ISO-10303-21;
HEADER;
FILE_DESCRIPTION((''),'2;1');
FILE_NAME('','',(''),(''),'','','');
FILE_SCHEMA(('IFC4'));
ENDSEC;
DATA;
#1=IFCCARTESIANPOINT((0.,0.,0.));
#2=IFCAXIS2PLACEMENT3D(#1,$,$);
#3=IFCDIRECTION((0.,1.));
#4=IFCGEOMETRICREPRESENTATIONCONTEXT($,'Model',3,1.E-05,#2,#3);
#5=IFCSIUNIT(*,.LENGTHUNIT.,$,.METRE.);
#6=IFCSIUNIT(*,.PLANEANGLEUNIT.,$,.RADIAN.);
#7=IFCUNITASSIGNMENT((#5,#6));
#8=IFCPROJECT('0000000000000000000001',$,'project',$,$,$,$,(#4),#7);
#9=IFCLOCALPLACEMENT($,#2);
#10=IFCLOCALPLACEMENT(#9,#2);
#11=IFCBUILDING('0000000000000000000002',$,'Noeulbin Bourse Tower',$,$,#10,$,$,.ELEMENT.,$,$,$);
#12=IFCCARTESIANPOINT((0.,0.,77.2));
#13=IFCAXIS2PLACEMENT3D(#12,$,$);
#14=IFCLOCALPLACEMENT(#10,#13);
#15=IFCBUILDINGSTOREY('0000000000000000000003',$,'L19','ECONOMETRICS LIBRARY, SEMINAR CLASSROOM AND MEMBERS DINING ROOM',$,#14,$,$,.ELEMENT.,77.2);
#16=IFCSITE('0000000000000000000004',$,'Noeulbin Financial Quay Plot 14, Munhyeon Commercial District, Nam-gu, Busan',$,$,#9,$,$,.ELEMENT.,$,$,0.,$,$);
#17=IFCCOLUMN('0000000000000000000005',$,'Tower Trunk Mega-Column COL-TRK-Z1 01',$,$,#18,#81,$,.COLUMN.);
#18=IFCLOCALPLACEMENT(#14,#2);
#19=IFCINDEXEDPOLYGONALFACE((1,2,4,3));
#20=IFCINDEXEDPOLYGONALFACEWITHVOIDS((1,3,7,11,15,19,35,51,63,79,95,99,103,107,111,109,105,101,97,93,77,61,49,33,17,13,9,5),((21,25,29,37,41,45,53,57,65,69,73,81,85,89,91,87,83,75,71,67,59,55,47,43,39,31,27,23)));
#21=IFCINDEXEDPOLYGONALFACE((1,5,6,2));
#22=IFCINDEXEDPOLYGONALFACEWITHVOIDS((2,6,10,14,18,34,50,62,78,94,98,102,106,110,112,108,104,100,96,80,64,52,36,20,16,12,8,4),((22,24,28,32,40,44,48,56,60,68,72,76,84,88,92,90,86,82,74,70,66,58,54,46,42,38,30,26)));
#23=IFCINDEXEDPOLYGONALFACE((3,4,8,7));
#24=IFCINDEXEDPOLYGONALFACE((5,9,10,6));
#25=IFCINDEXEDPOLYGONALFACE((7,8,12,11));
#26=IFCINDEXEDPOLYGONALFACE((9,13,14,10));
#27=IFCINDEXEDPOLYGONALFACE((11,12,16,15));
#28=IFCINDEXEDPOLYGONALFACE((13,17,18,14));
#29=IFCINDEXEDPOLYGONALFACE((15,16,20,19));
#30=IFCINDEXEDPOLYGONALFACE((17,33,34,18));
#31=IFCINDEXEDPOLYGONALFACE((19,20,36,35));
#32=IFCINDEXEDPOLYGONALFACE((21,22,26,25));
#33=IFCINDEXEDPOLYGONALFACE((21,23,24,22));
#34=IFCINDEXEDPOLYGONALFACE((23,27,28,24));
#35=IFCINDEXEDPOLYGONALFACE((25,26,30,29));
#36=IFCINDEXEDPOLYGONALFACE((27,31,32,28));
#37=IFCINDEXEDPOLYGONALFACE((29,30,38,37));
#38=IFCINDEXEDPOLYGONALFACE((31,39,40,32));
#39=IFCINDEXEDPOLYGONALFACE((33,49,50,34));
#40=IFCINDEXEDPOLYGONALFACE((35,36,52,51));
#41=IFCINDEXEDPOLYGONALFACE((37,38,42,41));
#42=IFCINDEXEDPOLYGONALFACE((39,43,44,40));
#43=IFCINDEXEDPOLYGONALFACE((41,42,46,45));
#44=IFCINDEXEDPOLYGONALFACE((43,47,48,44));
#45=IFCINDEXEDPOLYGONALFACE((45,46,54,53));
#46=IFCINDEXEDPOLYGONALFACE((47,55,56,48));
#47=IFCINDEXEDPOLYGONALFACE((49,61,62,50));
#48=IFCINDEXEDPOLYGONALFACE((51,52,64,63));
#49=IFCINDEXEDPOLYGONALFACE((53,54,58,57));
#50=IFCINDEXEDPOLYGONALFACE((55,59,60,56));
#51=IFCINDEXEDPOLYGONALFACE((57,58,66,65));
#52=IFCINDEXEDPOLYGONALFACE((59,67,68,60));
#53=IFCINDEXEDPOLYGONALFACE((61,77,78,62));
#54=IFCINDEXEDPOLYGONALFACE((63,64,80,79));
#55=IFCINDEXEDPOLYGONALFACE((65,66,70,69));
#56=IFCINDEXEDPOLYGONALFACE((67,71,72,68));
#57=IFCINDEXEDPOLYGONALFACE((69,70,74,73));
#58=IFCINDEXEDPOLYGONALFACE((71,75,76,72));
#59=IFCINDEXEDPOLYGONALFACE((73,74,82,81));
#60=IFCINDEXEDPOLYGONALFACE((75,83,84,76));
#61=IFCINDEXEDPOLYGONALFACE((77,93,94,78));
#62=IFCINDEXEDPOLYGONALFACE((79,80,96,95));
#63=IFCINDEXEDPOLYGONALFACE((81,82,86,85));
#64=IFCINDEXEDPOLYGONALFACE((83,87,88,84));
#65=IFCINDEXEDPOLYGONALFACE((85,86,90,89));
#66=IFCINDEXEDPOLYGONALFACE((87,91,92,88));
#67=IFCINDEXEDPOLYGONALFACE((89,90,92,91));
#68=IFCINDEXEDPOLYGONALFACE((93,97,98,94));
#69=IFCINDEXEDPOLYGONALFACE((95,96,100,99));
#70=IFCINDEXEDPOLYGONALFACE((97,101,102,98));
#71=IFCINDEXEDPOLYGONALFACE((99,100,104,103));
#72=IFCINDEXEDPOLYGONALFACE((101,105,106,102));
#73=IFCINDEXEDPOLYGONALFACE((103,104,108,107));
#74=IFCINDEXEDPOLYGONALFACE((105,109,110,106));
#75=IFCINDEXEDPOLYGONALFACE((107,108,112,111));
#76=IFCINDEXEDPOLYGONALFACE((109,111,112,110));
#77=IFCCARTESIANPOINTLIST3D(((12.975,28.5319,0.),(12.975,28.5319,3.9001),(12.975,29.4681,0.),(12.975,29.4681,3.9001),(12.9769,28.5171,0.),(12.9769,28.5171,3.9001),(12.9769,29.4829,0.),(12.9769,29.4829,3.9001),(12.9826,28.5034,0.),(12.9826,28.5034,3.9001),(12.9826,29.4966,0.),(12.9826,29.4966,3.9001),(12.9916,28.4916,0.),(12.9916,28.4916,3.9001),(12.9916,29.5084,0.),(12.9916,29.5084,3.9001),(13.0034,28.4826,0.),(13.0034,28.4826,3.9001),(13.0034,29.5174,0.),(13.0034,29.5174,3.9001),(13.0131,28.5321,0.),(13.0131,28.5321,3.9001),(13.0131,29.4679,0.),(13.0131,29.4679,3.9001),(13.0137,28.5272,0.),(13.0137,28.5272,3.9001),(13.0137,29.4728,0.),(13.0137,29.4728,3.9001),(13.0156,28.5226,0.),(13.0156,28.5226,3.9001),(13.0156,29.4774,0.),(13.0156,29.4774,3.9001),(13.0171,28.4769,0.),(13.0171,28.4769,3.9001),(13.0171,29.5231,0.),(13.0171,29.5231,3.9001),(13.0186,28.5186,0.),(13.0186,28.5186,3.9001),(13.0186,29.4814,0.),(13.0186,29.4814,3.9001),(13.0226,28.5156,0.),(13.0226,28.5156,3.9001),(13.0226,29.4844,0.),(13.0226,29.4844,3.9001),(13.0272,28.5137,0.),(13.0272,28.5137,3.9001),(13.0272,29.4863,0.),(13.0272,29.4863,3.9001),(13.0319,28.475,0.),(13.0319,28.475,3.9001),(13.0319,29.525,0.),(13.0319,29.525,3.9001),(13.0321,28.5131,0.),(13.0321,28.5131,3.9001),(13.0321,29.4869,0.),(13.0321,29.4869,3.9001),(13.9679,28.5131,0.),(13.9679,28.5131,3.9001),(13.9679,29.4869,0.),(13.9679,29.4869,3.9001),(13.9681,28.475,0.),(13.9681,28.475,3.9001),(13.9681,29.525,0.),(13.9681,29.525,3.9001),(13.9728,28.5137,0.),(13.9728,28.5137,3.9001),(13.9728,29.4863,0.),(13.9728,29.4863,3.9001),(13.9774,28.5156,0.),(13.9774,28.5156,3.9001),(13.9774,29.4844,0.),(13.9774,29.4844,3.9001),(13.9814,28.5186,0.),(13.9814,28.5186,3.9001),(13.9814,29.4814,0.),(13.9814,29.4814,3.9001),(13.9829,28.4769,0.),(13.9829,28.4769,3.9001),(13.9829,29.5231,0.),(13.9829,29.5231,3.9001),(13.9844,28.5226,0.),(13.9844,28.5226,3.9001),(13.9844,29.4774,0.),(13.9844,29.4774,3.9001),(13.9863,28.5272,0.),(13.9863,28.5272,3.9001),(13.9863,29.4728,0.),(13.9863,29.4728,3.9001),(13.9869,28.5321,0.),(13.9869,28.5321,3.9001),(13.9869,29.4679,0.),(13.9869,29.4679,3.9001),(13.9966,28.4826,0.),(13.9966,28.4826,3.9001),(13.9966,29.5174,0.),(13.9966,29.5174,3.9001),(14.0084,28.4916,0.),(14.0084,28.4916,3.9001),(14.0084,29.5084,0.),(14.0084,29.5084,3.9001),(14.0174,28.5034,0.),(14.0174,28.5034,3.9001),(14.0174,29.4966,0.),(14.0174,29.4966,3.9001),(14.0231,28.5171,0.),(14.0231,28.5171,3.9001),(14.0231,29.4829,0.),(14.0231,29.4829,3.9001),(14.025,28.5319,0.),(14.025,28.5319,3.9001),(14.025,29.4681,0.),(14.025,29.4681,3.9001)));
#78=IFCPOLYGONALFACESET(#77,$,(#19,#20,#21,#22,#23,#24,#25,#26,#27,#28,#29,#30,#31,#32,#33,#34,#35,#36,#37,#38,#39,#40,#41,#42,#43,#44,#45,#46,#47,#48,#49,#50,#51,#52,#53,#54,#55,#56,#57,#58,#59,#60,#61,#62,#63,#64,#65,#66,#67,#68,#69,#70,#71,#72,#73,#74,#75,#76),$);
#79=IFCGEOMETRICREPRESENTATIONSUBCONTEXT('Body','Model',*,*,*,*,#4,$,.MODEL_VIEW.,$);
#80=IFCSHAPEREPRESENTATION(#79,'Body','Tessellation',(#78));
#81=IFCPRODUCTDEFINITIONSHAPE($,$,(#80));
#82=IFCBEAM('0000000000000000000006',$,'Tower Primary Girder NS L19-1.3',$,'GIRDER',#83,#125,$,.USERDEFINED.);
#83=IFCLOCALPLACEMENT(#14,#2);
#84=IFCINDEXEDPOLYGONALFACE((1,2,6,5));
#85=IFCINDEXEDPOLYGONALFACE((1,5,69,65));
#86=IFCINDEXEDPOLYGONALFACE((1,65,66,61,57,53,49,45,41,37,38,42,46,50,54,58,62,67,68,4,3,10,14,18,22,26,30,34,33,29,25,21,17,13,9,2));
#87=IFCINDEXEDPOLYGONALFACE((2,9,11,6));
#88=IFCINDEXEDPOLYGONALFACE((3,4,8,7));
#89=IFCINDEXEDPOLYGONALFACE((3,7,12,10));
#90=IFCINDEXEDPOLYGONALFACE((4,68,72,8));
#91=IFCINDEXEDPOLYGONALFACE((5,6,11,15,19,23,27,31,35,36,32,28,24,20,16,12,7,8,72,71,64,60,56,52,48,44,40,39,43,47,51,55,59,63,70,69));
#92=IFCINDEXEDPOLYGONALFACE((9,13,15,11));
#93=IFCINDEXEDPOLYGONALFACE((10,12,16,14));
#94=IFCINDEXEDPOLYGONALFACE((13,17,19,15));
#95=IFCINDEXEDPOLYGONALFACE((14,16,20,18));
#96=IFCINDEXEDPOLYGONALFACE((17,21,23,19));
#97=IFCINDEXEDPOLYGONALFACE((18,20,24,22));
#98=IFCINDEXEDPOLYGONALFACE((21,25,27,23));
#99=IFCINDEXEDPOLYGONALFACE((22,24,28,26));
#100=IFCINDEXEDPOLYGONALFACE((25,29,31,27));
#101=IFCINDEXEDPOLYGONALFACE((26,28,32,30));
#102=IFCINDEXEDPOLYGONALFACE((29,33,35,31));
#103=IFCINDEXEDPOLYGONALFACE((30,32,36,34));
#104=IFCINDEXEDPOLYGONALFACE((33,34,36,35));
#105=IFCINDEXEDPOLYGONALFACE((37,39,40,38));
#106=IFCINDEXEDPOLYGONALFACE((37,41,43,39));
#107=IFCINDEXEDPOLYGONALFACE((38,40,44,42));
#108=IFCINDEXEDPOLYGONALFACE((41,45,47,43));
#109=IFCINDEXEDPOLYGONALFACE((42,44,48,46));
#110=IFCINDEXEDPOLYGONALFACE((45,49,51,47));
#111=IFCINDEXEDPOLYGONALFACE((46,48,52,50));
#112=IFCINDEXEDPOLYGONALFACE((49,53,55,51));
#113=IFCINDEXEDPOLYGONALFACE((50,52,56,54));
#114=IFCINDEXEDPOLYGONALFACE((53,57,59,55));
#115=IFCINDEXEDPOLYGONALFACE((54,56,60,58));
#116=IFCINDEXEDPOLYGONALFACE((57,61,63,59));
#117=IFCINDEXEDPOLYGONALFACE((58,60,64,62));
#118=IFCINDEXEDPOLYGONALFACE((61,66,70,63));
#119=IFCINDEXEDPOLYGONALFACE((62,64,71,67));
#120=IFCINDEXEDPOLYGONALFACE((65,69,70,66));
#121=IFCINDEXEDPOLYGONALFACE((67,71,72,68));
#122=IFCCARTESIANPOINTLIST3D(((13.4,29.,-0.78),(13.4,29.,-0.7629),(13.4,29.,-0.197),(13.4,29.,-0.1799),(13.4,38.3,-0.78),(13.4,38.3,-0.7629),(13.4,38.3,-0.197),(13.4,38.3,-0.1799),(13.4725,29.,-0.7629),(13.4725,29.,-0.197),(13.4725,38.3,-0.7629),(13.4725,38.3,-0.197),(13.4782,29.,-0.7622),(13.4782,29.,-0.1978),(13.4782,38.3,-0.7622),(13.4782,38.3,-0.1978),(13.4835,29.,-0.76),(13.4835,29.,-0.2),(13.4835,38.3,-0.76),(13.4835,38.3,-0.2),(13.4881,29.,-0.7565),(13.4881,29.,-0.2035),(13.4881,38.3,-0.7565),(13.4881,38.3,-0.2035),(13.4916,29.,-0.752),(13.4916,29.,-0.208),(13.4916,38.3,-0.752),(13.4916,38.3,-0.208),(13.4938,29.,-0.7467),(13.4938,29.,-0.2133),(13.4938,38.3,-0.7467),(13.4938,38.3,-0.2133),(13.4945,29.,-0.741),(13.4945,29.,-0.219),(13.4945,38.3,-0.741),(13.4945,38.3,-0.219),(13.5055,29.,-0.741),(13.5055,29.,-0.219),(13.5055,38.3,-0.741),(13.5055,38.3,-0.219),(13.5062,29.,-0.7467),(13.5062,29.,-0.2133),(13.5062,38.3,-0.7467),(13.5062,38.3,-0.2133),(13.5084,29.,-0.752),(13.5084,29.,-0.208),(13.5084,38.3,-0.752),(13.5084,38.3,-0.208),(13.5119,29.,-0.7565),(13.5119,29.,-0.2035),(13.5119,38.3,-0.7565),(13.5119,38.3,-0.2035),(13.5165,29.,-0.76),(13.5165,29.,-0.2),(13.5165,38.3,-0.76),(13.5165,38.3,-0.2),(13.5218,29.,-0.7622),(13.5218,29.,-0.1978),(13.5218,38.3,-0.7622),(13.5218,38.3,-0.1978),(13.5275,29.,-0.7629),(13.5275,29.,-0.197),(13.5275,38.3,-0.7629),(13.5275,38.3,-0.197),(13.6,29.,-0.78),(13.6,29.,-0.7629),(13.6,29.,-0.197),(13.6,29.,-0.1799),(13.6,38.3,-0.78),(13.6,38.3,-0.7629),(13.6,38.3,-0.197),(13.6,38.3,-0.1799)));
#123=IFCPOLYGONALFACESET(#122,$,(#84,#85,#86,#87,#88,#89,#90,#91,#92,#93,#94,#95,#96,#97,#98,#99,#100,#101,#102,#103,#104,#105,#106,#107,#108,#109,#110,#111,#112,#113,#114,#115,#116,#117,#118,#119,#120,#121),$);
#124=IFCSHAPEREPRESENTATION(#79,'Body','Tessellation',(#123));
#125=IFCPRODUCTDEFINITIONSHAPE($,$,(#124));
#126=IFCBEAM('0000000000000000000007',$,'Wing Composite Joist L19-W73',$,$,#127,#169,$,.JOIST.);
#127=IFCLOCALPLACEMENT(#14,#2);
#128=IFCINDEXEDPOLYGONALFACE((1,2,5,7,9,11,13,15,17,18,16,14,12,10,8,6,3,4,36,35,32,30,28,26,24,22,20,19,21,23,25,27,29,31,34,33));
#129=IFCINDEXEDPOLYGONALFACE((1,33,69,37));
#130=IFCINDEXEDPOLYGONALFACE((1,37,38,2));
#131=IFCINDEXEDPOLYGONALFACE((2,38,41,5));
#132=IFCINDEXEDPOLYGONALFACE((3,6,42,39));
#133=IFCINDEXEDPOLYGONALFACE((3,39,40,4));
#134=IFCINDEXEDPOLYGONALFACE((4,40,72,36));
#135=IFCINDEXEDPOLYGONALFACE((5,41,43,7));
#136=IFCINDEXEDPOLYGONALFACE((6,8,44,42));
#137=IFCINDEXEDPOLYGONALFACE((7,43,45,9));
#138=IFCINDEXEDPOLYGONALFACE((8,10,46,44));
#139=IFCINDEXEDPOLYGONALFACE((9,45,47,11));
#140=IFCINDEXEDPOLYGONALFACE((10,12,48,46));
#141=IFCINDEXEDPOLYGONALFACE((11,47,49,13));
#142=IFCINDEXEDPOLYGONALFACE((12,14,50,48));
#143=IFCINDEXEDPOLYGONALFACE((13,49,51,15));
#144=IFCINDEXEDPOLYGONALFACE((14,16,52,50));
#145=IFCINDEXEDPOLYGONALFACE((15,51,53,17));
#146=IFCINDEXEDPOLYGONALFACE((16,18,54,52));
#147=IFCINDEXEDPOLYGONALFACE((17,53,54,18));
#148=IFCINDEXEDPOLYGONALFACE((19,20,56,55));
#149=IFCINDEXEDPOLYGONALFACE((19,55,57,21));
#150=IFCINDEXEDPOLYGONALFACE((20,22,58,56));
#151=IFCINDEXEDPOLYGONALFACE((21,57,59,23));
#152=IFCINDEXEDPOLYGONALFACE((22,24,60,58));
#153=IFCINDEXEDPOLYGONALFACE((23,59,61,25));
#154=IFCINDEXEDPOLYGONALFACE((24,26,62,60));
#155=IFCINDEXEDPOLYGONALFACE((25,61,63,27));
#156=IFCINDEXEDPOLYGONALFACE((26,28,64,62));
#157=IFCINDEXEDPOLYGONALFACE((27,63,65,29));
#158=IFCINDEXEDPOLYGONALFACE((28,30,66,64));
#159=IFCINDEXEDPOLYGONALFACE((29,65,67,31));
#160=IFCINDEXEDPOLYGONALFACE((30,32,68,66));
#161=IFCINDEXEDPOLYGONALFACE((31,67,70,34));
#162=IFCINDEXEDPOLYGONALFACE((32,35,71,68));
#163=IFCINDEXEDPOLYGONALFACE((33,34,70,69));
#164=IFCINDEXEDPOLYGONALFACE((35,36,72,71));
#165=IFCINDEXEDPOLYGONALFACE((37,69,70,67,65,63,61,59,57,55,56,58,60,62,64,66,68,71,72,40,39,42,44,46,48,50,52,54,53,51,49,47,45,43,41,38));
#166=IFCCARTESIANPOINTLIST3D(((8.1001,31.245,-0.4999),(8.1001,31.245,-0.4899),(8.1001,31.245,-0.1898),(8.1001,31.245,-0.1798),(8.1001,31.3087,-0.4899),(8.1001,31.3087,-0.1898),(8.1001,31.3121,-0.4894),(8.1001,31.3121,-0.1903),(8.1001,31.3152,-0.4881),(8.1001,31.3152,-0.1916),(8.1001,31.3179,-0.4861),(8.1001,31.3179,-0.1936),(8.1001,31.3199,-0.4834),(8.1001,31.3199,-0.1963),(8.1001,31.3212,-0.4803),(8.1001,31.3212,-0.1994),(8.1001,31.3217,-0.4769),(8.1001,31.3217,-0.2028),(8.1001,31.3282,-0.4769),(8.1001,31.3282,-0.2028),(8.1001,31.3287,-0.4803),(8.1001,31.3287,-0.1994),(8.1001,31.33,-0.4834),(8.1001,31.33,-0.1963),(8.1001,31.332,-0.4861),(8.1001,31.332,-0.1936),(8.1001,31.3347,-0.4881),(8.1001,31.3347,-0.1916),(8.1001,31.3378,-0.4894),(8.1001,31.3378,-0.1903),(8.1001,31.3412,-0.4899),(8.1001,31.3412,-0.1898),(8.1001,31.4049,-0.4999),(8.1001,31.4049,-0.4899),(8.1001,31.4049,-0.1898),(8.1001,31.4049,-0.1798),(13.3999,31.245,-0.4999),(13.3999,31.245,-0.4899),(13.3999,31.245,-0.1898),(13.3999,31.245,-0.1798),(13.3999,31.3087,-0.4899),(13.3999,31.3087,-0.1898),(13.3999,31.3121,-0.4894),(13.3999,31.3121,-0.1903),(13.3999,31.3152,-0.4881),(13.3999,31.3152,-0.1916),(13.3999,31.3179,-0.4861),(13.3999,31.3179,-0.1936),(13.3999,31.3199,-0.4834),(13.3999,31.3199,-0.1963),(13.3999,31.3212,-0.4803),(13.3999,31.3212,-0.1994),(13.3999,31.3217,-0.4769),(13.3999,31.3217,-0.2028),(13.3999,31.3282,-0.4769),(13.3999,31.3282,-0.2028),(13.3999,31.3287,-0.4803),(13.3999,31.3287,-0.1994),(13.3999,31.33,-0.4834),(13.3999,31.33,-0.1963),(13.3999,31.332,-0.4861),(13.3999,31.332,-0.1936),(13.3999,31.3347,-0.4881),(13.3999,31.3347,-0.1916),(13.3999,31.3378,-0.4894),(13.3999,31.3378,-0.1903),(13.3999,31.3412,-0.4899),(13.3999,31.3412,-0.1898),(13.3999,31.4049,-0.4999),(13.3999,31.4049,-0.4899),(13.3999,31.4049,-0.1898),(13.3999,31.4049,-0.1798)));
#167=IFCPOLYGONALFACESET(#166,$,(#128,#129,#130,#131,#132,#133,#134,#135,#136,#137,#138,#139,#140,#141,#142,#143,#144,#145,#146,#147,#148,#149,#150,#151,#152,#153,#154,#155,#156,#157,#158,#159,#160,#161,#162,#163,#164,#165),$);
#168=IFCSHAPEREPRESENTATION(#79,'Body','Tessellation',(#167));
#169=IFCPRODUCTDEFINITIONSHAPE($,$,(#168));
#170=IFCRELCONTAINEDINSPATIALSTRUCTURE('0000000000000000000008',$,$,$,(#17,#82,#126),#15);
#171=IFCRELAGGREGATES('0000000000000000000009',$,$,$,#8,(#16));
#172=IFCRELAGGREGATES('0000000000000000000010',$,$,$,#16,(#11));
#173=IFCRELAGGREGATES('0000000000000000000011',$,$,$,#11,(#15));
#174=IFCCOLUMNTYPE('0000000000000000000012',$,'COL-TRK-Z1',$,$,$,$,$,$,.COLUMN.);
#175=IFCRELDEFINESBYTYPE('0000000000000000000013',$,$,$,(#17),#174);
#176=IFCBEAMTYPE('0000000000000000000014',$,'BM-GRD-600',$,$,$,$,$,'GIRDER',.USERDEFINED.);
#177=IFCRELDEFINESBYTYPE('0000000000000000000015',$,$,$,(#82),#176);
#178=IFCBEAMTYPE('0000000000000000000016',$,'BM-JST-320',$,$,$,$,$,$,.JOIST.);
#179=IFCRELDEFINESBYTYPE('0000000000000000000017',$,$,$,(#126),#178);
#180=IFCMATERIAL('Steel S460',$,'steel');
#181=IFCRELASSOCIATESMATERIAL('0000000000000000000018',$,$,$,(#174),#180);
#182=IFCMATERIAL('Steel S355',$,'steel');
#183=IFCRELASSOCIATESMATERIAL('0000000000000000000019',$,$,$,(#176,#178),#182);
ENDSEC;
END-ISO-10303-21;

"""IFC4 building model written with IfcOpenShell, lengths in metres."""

from ifc_helpers import new_model, si_unit, direction, frame, origin, origin_2d, place, context, subcontext, project, spatial, hollow_rectangle, i_section, extrude, material, material_profile, profile_set, type_object, element, save


model = new_model("IFC4")

# Units and contexts
model_context = context("Model", 3, precision=1e-05, world=origin(), true_north=direction((0.0, 1.0)))
body_context = subcontext(model_context, "Body", "Model", "MODEL_VIEW")
ifc_project = project(units=[si_unit("LENGTHUNIT", "METRE"), si_unit("PLANEANGLEUNIT", "RADIAN")], contexts=[model_context])

# Site, building, storey
site_placement = place(None, origin())
site = spatial("IfcSite", under=ifc_project, at=site_placement, Name="Noeulbin Financial Quay Plot 14, Munhyeon Commercial District, Nam-gu, Busan", CompositionType="ELEMENT", RefElevation=0.0)
building_placement = place(site_placement, origin())
building = spatial("IfcBuilding", under=site, at=building_placement, Name="Noeulbin Bourse Tower", CompositionType="ELEMENT")
storey_placement = place(building_placement, frame((0.0, 0.0, 77.2)))
storey = spatial("IfcBuildingStorey", under=building, at=storey_placement, Name="L19", Description="ECONOMETRICS LIBRARY, SEMINAR CLASSROOM AND MEMBERS DINING ROOM", CompositionType="ELEMENT", Elevation=77.2)

# Column
ifc_material_1 = material(Name="Steel S460", Category="steel")
ifc_material_profile_1 = material_profile(ifc_material_1, hollow_rectangle(XDim=1.05, YDim=1.05, WallThickness=0.0381, InnerFilletRadius=0.019, OuterFilletRadius=0.0569, at=origin_2d()), Name="BOX-1050x1050x38", Category="LoadBearing")
ifc_profile_set_1 = profile_set([ifc_material_profile_1], Name="Steel S460")
column_type = type_object("IfcColumnType", Name="COL-TRK-Z1", PredefinedType="COLUMN", material=ifc_profile_set_1)
column_placement = place(storey_placement, frame((13.5, 29.0, 0.0), z_axis=(0.0, 0.0, 1.0), x_axis=(1.0, 0.0, 0.0)))
element("IfcColumn", 1, at=column_placement, inside=storey, type_object=column_type, Name="Tower Trunk Mega-Column COL-TRK-Z1 01", PredefinedType="COLUMN", context=body_context, shape_type="SweptSolid", body=[
    extrude(hollow_rectangle(XDim=1.05, YDim=1.05, WallThickness=0.0381, InnerFilletRadius=0.019, OuterFilletRadius=0.0569, at=origin_2d()), origin(), (0.0, 0.0, 1.0), 3.9001),
])

# Beams
ifc_material_2 = material(Name="Steel S355", Category="steel")
ifc_material_profile_2 = material_profile(ifc_material_2, i_section(OverallWidth=0.2, OverallDepth=0.6001, WebThickness=0.011, FlangeThickness=0.0171, FilletRadius=0.022, at=origin_2d()), Name="H-600x200x11x17", Category="LoadBearing")
ifc_profile_set_2 = profile_set([ifc_material_profile_2], Name="Steel S355")
beam_type_1 = type_object("IfcBeamType", Name="BM-GRD-600", ElementType="GIRDER", PredefinedType="USERDEFINED", material=ifc_profile_set_2)
beam_placement = place(storey_placement, frame((13.5, 29.0, -0.48), z_axis=(0.0, 1.0, 0.0), x_axis=(-1.0, 0.0, 0.0)))
element("IfcBeam", 2, at=beam_placement, inside=storey, type_object=beam_type_1, Name="Tower Primary Girder NS L19-1.3", ObjectType="GIRDER", PredefinedType="USERDEFINED", context=body_context, shape_type="SweptSolid", body=[
    extrude(i_section(OverallWidth=0.2, OverallDepth=0.6001, WebThickness=0.011, FlangeThickness=0.0171, FilletRadius=0.022, at=origin_2d()), origin(), (0.0, 0.0, 1.0), 9.3),
])
ifc_material_profile_3 = material_profile(ifc_material_2, i_section(OverallWidth=0.1599, OverallDepth=0.3201, WebThickness=0.0066, FlangeThickness=0.01, FilletRadius=0.0129, at=origin_2d()), Name="H-320x160x6.5x10", Category="LoadBearing")
ifc_profile_set_3 = profile_set([ifc_material_profile_3], Name="Steel S355")
beam_type_2 = type_object("IfcBeamType", Name="BM-JST-320", PredefinedType="JOIST", material=ifc_profile_set_3)
for number, where, z_axis, x_axis, name in (
    (3, (8.1001, 31.325, -0.3398), (1.0, 0.0, 0.0), (0.0, 1.0, 0.0), "Wing Composite Joist L19-W73"),
):
    element("IfcBeam", number, at=place(storey_placement, frame(where, z_axis=z_axis, x_axis=x_axis)), inside=storey, type_object=beam_type_2, Name=name, PredefinedType="JOIST", context=body_context, shape_type="SweptSolid", body=[
        extrude(i_section(OverallWidth=0.1599, OverallDepth=0.3201, WebThickness=0.0066, FlangeThickness=0.01, FilletRadius=0.0129, at=origin_2d()), origin(), (0.0, 0.0, 1.0), 5.2998),
    ])

save(model, "model.ifc")
